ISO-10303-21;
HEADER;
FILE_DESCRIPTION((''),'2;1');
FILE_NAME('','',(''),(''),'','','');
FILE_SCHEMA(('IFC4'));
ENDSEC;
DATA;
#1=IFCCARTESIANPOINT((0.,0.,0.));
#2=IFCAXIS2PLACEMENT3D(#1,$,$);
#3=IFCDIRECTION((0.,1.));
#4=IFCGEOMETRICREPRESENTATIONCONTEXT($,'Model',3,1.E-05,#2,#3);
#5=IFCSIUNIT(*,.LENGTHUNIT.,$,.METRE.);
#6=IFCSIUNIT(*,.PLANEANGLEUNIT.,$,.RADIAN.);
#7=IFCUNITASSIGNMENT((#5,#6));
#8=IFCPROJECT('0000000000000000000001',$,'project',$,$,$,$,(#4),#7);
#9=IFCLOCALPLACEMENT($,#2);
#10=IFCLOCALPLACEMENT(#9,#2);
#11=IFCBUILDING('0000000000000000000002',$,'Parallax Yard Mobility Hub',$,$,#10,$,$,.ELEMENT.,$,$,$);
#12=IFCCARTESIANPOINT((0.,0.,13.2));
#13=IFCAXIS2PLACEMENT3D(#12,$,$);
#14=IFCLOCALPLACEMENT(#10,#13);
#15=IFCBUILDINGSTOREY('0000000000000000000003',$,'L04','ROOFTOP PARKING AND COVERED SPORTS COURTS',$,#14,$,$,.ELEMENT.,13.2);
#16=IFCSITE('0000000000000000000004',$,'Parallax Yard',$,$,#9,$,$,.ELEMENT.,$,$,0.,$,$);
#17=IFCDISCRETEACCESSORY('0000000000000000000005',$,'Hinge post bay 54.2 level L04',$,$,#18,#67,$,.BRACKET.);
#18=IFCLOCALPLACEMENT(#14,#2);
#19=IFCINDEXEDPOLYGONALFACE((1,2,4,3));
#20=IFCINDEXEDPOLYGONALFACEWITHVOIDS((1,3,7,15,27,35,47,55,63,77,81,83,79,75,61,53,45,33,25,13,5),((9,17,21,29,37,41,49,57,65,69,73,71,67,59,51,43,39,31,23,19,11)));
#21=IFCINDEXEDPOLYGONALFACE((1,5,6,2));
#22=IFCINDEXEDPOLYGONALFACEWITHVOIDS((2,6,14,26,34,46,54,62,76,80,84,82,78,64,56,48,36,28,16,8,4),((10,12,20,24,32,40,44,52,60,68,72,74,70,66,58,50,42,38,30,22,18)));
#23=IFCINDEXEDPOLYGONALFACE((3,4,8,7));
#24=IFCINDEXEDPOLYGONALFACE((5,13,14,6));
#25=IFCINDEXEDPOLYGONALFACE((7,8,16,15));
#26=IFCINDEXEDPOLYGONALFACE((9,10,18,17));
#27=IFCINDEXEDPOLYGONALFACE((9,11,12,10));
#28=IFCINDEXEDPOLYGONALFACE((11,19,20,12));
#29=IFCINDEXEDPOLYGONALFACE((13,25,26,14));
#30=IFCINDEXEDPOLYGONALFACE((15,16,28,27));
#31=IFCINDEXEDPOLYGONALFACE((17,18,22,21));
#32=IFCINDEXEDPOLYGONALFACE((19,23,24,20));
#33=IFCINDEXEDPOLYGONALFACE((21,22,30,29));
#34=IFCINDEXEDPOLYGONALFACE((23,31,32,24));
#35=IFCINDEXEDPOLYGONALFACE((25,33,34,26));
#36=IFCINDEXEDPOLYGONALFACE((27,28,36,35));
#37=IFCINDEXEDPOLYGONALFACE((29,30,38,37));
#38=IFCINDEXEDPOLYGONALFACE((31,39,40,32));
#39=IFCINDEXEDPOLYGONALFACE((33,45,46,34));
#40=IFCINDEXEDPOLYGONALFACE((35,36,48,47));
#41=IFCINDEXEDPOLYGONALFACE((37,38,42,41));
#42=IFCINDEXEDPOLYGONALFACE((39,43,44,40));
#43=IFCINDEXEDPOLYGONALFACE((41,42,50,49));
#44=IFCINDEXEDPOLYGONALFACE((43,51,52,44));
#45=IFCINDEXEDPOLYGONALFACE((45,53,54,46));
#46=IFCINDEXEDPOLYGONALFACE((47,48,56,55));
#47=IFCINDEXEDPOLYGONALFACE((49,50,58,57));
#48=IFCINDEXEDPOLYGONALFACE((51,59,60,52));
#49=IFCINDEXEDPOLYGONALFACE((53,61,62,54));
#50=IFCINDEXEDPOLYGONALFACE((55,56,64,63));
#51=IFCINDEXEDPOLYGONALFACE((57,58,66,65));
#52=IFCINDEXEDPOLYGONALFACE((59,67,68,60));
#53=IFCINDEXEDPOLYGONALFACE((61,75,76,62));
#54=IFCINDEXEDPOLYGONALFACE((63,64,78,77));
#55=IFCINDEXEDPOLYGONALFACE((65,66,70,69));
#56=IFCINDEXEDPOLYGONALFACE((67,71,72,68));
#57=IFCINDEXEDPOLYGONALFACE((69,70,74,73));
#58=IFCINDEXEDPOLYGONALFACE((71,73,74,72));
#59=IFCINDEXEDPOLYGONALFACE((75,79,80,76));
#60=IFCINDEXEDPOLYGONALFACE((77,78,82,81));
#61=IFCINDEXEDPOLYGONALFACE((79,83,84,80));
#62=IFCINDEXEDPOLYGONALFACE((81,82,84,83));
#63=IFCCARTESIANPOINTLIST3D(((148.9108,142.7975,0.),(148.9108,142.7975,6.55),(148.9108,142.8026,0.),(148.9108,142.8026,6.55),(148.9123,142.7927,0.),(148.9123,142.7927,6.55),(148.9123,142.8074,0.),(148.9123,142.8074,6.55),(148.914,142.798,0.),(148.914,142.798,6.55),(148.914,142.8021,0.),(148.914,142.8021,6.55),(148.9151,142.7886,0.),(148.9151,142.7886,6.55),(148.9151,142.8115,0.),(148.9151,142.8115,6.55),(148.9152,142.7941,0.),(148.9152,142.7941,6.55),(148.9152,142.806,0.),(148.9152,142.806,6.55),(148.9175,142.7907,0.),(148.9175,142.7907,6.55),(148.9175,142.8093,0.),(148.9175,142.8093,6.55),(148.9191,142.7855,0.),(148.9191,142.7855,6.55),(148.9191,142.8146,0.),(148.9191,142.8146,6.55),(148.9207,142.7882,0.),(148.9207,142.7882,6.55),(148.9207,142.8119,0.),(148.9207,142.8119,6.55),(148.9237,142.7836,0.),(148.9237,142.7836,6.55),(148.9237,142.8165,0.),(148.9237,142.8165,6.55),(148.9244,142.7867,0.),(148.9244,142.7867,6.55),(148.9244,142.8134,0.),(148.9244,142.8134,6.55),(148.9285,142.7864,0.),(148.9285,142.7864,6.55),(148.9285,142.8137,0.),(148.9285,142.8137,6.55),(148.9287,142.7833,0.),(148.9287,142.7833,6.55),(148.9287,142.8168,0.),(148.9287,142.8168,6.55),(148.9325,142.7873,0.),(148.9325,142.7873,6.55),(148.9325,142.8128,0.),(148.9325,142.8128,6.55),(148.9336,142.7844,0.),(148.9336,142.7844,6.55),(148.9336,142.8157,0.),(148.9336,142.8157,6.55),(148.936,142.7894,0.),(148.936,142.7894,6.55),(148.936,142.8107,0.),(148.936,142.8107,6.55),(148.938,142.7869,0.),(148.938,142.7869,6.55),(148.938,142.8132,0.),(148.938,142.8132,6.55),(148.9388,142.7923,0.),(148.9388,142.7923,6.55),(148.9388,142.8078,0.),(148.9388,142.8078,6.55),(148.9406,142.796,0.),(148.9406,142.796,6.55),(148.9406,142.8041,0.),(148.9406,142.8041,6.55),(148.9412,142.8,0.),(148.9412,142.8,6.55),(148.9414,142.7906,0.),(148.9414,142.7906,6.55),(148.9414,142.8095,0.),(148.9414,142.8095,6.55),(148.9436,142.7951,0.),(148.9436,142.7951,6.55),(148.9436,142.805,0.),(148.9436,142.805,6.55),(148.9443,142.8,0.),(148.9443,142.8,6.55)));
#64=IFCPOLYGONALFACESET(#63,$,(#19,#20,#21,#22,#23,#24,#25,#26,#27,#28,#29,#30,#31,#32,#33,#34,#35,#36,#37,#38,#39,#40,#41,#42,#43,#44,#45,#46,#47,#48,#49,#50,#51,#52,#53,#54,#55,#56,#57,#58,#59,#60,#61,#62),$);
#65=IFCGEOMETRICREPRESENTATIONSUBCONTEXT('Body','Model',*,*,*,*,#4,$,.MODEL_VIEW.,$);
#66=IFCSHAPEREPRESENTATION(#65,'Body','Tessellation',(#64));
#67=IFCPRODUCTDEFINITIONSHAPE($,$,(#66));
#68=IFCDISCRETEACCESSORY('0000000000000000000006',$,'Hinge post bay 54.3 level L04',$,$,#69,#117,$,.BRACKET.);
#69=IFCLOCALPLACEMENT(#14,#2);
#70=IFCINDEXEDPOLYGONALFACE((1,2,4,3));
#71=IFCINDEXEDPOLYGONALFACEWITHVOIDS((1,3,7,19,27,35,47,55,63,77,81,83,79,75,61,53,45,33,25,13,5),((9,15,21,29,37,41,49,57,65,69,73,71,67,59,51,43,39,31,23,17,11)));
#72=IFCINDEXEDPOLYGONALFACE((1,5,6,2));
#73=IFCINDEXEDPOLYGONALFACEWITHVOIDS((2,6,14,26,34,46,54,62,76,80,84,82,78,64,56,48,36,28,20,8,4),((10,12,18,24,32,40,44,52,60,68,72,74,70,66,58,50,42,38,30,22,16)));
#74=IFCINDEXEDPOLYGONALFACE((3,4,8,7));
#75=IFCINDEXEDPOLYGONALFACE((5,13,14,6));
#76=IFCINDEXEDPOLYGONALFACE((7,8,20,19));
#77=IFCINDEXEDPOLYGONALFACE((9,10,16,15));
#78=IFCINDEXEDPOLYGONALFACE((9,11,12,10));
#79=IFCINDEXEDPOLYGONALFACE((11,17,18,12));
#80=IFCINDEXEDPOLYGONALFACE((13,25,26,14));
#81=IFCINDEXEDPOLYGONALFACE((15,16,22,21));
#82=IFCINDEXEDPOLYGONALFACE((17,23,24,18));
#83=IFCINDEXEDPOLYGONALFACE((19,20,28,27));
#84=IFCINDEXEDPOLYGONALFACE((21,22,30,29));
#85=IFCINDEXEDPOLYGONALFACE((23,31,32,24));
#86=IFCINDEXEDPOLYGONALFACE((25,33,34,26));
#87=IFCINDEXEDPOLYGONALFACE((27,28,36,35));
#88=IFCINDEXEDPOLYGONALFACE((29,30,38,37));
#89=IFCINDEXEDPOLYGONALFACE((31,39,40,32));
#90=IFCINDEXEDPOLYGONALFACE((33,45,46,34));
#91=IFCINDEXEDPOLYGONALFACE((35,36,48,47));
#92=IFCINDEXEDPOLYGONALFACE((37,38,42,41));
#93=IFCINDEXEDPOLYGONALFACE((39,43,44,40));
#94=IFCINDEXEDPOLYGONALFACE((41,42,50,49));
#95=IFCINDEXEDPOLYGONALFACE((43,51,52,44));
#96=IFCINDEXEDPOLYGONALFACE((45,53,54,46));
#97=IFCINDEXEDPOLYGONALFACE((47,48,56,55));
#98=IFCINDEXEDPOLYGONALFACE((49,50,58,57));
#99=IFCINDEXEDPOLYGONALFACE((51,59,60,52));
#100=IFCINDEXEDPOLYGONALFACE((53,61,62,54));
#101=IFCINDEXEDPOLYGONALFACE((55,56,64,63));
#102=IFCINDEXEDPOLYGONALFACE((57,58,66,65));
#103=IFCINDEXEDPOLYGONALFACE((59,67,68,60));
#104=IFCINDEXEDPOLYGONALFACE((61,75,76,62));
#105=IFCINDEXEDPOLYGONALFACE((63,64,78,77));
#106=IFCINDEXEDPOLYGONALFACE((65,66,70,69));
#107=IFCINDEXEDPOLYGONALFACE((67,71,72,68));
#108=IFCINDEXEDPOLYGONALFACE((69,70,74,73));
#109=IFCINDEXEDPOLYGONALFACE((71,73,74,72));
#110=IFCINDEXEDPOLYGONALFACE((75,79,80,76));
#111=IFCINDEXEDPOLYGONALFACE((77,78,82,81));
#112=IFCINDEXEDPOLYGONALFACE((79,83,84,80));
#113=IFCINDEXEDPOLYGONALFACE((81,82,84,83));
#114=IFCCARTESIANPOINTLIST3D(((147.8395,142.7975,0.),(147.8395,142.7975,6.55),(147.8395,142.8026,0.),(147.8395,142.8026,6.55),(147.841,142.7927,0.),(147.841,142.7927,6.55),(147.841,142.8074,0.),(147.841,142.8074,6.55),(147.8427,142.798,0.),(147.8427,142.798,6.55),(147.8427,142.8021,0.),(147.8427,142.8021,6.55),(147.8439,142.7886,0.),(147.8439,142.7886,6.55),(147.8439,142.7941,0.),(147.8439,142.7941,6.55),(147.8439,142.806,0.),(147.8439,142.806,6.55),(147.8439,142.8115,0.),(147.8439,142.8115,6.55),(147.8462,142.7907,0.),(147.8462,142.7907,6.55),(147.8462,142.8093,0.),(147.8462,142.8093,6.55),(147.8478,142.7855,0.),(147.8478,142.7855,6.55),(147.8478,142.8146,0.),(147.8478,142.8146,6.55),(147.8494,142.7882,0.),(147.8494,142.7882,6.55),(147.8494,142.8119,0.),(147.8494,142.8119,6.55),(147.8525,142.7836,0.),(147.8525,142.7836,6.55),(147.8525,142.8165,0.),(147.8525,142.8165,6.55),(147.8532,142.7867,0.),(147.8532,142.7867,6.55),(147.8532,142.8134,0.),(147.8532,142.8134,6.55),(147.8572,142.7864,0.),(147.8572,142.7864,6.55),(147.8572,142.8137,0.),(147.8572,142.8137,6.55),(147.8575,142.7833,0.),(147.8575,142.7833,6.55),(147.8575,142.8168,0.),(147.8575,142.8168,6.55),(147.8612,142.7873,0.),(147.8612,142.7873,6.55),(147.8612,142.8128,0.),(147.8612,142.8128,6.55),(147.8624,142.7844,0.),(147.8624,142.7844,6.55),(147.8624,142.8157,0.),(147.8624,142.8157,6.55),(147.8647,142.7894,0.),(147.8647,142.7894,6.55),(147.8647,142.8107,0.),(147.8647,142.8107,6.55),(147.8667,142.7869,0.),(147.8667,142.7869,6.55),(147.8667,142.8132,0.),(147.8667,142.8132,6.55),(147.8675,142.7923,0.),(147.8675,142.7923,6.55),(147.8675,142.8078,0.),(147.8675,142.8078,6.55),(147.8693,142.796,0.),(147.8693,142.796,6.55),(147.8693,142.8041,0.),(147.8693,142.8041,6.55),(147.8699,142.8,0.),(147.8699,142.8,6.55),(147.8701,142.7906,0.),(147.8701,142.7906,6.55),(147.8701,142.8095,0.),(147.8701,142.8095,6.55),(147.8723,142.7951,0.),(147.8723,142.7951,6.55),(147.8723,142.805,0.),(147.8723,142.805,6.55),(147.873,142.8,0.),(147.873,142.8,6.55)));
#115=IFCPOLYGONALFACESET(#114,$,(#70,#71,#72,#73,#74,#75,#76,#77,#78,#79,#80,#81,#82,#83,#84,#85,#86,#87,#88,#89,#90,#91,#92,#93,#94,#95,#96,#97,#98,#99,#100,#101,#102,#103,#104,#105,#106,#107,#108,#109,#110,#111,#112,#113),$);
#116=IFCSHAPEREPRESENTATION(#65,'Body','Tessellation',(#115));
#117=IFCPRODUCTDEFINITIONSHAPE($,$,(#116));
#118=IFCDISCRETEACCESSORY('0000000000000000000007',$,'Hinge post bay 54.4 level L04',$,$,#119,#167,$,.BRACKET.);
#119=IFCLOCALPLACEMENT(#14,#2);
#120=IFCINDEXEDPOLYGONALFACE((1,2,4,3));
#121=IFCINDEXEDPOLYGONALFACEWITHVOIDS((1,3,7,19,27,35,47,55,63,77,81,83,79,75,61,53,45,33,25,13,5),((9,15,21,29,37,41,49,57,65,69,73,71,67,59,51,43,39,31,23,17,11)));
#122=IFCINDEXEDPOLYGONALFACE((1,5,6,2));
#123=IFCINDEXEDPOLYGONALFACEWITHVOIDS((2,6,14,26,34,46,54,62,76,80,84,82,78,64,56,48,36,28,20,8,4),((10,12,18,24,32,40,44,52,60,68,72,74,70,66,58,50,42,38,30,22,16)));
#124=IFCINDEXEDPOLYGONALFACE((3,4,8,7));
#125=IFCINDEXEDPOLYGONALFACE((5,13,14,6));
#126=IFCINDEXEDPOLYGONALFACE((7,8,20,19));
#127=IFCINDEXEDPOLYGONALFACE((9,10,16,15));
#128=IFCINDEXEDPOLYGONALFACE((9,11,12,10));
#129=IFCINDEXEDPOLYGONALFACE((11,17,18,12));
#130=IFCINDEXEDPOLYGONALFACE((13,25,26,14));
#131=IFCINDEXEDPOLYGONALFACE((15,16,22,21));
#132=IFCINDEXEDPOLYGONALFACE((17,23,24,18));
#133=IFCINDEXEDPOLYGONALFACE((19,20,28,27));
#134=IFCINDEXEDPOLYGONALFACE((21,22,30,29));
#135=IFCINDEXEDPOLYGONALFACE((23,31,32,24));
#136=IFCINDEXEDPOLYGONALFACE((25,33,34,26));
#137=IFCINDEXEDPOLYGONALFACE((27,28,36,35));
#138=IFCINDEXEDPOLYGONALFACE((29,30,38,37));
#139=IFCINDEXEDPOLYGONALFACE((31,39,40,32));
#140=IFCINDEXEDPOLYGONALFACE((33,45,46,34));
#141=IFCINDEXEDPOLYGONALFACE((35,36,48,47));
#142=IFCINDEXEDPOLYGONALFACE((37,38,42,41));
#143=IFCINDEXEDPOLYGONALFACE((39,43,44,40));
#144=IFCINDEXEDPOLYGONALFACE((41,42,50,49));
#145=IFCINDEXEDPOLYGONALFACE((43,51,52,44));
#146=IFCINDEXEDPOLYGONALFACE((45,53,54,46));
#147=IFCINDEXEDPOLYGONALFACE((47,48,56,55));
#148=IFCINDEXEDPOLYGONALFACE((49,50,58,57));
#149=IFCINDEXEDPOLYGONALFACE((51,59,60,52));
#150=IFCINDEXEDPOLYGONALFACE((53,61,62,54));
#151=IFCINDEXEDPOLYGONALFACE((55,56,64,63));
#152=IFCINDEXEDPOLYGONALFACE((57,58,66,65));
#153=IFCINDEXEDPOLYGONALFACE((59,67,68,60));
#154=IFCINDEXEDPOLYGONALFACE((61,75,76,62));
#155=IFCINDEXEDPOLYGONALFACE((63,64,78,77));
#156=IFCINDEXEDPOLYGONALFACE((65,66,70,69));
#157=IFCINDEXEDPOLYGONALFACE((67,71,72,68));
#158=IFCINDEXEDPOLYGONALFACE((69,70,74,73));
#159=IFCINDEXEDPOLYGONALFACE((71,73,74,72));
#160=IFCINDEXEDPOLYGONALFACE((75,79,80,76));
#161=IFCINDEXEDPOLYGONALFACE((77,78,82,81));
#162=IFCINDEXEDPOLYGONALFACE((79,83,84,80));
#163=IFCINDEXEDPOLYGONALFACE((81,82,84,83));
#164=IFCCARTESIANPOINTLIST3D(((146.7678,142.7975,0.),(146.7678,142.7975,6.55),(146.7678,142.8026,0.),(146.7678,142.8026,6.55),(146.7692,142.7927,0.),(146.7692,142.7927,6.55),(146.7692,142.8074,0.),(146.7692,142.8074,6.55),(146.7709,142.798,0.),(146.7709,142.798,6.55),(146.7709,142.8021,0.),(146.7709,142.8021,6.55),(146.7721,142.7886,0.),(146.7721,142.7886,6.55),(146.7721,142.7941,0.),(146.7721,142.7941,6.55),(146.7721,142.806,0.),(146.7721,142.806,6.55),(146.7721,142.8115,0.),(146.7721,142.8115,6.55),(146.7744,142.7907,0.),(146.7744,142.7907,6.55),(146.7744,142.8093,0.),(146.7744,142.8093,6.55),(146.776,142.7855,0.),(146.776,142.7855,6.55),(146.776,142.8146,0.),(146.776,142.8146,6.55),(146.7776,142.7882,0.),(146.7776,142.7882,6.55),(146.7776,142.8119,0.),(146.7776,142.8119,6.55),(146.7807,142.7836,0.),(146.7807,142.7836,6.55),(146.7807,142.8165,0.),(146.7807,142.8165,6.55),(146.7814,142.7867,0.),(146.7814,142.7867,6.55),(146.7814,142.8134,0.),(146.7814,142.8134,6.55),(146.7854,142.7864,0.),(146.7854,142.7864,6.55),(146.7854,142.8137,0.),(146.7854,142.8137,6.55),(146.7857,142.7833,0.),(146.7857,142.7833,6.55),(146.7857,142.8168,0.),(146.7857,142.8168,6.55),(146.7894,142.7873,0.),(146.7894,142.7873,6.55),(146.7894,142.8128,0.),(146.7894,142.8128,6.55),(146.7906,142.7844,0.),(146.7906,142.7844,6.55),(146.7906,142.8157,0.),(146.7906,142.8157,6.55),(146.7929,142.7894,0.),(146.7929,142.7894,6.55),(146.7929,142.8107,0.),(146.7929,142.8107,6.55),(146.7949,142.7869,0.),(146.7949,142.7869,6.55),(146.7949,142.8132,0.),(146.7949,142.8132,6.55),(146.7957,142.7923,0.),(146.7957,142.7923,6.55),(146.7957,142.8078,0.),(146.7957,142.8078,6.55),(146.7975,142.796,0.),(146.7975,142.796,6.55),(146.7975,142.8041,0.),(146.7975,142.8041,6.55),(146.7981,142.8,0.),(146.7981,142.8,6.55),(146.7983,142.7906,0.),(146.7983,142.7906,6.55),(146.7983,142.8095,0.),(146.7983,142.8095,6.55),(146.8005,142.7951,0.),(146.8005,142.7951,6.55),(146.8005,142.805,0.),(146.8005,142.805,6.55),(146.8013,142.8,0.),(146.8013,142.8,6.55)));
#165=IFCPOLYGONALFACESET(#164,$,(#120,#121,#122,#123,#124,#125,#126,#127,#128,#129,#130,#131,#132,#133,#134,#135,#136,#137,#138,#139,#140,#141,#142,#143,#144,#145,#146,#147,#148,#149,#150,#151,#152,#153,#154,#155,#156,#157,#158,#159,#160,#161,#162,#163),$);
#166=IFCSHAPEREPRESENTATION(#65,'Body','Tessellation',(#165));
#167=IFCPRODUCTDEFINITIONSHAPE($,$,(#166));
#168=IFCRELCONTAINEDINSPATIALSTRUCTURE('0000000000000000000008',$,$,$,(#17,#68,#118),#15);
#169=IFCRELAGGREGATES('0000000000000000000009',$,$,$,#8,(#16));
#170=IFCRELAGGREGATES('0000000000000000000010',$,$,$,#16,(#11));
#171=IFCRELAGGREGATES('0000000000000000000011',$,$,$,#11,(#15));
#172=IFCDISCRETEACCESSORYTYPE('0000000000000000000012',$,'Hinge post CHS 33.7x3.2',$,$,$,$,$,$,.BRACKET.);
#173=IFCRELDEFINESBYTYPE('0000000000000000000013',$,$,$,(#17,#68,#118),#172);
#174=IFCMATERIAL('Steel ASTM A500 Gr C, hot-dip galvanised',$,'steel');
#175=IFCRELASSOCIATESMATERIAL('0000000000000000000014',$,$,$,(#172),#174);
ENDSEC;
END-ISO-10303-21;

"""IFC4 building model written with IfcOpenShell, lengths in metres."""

from ifc_helpers import new_model, si_unit, direction, frame, origin, origin_2d, place, context, subcontext, project, spatial, hollow_circle, extrude, material, material_profile, profile_set, type_object, element, save


model = new_model("IFC4")

# Units and contexts
model_context = context("Model", 3, precision=1e-05, world=origin(), true_north=direction((0.0, 1.0)))
body_context = subcontext(model_context, "Body", "Model", "MODEL_VIEW")
ifc_project = project(units=[si_unit("LENGTHUNIT", "METRE"), si_unit("PLANEANGLEUNIT", "RADIAN")], contexts=[model_context])

# Site, building, storey
site_placement = place(None, origin())
site = spatial("IfcSite", under=ifc_project, at=site_placement, Name="Parallax Yard", CompositionType="ELEMENT", RefElevation=0.0)
building_placement = place(site_placement, origin())
building = spatial("IfcBuilding", under=site, at=building_placement, Name="Parallax Yard Mobility Hub", CompositionType="ELEMENT")
storey_placement = place(building_placement, frame((0.0, 0.0, 13.2)))
storey = spatial("IfcBuildingStorey", under=building, at=storey_placement, Name="L04", Description="ROOFTOP PARKING AND COVERED SPORTS COURTS", CompositionType="ELEMENT", Elevation=13.2)

# Discrete accessories
ifc_material_1 = material(Name="Steel ASTM A500 Gr C, hot-dip galvanised", Category="steel")
ifc_material_profile = material_profile(ifc_material_1, hollow_circle(Radius=0.0168, WallThickness=0.0032, at=origin_2d()), Name="CHS 33.7x3.2")
ifc_profile_set = profile_set([ifc_material_profile], Name="Steel ASTM A500 Gr C, hot-dip galvanised")
discrete_accessory_type_1 = type_object("IfcDiscreteAccessoryType", Name="Hinge post CHS 33.7x3.2", PredefinedType="BRACKET", material=ifc_profile_set)
for number, where, z_axis, x_axis, name in (
    (1, (148.9275, 142.8, 0.0), (0.0, 0.0, 1.0), (1.0, 0.0, 0.0), "Hinge post bay 54.2 level L04"),
    (2, (147.8562, 142.8, 0.0), (0.0, 0.0, 1.0), (1.0, 0.0, 0.0), "Hinge post bay 54.3 level L04"),
    (3, (146.7844, 142.8, 0.0), (0.0, 0.0, 1.0), (1.0, 0.0, 0.0), "Hinge post bay 54.4 level L04"),
):
    element("IfcDiscreteAccessory", number, at=place(storey_placement, frame(where, z_axis=z_axis, x_axis=x_axis)), inside=storey, type_object=discrete_accessory_type_1, Name=name, PredefinedType="BRACKET", context=body_context, shape_type="SweptSolid", body=[
        extrude(hollow_circle(Radius=0.0168, WallThickness=0.0032, at=origin_2d()), origin(), (0.0, 0.0, 1.0), 6.55),
    ])

save(model, "model.ifc")
